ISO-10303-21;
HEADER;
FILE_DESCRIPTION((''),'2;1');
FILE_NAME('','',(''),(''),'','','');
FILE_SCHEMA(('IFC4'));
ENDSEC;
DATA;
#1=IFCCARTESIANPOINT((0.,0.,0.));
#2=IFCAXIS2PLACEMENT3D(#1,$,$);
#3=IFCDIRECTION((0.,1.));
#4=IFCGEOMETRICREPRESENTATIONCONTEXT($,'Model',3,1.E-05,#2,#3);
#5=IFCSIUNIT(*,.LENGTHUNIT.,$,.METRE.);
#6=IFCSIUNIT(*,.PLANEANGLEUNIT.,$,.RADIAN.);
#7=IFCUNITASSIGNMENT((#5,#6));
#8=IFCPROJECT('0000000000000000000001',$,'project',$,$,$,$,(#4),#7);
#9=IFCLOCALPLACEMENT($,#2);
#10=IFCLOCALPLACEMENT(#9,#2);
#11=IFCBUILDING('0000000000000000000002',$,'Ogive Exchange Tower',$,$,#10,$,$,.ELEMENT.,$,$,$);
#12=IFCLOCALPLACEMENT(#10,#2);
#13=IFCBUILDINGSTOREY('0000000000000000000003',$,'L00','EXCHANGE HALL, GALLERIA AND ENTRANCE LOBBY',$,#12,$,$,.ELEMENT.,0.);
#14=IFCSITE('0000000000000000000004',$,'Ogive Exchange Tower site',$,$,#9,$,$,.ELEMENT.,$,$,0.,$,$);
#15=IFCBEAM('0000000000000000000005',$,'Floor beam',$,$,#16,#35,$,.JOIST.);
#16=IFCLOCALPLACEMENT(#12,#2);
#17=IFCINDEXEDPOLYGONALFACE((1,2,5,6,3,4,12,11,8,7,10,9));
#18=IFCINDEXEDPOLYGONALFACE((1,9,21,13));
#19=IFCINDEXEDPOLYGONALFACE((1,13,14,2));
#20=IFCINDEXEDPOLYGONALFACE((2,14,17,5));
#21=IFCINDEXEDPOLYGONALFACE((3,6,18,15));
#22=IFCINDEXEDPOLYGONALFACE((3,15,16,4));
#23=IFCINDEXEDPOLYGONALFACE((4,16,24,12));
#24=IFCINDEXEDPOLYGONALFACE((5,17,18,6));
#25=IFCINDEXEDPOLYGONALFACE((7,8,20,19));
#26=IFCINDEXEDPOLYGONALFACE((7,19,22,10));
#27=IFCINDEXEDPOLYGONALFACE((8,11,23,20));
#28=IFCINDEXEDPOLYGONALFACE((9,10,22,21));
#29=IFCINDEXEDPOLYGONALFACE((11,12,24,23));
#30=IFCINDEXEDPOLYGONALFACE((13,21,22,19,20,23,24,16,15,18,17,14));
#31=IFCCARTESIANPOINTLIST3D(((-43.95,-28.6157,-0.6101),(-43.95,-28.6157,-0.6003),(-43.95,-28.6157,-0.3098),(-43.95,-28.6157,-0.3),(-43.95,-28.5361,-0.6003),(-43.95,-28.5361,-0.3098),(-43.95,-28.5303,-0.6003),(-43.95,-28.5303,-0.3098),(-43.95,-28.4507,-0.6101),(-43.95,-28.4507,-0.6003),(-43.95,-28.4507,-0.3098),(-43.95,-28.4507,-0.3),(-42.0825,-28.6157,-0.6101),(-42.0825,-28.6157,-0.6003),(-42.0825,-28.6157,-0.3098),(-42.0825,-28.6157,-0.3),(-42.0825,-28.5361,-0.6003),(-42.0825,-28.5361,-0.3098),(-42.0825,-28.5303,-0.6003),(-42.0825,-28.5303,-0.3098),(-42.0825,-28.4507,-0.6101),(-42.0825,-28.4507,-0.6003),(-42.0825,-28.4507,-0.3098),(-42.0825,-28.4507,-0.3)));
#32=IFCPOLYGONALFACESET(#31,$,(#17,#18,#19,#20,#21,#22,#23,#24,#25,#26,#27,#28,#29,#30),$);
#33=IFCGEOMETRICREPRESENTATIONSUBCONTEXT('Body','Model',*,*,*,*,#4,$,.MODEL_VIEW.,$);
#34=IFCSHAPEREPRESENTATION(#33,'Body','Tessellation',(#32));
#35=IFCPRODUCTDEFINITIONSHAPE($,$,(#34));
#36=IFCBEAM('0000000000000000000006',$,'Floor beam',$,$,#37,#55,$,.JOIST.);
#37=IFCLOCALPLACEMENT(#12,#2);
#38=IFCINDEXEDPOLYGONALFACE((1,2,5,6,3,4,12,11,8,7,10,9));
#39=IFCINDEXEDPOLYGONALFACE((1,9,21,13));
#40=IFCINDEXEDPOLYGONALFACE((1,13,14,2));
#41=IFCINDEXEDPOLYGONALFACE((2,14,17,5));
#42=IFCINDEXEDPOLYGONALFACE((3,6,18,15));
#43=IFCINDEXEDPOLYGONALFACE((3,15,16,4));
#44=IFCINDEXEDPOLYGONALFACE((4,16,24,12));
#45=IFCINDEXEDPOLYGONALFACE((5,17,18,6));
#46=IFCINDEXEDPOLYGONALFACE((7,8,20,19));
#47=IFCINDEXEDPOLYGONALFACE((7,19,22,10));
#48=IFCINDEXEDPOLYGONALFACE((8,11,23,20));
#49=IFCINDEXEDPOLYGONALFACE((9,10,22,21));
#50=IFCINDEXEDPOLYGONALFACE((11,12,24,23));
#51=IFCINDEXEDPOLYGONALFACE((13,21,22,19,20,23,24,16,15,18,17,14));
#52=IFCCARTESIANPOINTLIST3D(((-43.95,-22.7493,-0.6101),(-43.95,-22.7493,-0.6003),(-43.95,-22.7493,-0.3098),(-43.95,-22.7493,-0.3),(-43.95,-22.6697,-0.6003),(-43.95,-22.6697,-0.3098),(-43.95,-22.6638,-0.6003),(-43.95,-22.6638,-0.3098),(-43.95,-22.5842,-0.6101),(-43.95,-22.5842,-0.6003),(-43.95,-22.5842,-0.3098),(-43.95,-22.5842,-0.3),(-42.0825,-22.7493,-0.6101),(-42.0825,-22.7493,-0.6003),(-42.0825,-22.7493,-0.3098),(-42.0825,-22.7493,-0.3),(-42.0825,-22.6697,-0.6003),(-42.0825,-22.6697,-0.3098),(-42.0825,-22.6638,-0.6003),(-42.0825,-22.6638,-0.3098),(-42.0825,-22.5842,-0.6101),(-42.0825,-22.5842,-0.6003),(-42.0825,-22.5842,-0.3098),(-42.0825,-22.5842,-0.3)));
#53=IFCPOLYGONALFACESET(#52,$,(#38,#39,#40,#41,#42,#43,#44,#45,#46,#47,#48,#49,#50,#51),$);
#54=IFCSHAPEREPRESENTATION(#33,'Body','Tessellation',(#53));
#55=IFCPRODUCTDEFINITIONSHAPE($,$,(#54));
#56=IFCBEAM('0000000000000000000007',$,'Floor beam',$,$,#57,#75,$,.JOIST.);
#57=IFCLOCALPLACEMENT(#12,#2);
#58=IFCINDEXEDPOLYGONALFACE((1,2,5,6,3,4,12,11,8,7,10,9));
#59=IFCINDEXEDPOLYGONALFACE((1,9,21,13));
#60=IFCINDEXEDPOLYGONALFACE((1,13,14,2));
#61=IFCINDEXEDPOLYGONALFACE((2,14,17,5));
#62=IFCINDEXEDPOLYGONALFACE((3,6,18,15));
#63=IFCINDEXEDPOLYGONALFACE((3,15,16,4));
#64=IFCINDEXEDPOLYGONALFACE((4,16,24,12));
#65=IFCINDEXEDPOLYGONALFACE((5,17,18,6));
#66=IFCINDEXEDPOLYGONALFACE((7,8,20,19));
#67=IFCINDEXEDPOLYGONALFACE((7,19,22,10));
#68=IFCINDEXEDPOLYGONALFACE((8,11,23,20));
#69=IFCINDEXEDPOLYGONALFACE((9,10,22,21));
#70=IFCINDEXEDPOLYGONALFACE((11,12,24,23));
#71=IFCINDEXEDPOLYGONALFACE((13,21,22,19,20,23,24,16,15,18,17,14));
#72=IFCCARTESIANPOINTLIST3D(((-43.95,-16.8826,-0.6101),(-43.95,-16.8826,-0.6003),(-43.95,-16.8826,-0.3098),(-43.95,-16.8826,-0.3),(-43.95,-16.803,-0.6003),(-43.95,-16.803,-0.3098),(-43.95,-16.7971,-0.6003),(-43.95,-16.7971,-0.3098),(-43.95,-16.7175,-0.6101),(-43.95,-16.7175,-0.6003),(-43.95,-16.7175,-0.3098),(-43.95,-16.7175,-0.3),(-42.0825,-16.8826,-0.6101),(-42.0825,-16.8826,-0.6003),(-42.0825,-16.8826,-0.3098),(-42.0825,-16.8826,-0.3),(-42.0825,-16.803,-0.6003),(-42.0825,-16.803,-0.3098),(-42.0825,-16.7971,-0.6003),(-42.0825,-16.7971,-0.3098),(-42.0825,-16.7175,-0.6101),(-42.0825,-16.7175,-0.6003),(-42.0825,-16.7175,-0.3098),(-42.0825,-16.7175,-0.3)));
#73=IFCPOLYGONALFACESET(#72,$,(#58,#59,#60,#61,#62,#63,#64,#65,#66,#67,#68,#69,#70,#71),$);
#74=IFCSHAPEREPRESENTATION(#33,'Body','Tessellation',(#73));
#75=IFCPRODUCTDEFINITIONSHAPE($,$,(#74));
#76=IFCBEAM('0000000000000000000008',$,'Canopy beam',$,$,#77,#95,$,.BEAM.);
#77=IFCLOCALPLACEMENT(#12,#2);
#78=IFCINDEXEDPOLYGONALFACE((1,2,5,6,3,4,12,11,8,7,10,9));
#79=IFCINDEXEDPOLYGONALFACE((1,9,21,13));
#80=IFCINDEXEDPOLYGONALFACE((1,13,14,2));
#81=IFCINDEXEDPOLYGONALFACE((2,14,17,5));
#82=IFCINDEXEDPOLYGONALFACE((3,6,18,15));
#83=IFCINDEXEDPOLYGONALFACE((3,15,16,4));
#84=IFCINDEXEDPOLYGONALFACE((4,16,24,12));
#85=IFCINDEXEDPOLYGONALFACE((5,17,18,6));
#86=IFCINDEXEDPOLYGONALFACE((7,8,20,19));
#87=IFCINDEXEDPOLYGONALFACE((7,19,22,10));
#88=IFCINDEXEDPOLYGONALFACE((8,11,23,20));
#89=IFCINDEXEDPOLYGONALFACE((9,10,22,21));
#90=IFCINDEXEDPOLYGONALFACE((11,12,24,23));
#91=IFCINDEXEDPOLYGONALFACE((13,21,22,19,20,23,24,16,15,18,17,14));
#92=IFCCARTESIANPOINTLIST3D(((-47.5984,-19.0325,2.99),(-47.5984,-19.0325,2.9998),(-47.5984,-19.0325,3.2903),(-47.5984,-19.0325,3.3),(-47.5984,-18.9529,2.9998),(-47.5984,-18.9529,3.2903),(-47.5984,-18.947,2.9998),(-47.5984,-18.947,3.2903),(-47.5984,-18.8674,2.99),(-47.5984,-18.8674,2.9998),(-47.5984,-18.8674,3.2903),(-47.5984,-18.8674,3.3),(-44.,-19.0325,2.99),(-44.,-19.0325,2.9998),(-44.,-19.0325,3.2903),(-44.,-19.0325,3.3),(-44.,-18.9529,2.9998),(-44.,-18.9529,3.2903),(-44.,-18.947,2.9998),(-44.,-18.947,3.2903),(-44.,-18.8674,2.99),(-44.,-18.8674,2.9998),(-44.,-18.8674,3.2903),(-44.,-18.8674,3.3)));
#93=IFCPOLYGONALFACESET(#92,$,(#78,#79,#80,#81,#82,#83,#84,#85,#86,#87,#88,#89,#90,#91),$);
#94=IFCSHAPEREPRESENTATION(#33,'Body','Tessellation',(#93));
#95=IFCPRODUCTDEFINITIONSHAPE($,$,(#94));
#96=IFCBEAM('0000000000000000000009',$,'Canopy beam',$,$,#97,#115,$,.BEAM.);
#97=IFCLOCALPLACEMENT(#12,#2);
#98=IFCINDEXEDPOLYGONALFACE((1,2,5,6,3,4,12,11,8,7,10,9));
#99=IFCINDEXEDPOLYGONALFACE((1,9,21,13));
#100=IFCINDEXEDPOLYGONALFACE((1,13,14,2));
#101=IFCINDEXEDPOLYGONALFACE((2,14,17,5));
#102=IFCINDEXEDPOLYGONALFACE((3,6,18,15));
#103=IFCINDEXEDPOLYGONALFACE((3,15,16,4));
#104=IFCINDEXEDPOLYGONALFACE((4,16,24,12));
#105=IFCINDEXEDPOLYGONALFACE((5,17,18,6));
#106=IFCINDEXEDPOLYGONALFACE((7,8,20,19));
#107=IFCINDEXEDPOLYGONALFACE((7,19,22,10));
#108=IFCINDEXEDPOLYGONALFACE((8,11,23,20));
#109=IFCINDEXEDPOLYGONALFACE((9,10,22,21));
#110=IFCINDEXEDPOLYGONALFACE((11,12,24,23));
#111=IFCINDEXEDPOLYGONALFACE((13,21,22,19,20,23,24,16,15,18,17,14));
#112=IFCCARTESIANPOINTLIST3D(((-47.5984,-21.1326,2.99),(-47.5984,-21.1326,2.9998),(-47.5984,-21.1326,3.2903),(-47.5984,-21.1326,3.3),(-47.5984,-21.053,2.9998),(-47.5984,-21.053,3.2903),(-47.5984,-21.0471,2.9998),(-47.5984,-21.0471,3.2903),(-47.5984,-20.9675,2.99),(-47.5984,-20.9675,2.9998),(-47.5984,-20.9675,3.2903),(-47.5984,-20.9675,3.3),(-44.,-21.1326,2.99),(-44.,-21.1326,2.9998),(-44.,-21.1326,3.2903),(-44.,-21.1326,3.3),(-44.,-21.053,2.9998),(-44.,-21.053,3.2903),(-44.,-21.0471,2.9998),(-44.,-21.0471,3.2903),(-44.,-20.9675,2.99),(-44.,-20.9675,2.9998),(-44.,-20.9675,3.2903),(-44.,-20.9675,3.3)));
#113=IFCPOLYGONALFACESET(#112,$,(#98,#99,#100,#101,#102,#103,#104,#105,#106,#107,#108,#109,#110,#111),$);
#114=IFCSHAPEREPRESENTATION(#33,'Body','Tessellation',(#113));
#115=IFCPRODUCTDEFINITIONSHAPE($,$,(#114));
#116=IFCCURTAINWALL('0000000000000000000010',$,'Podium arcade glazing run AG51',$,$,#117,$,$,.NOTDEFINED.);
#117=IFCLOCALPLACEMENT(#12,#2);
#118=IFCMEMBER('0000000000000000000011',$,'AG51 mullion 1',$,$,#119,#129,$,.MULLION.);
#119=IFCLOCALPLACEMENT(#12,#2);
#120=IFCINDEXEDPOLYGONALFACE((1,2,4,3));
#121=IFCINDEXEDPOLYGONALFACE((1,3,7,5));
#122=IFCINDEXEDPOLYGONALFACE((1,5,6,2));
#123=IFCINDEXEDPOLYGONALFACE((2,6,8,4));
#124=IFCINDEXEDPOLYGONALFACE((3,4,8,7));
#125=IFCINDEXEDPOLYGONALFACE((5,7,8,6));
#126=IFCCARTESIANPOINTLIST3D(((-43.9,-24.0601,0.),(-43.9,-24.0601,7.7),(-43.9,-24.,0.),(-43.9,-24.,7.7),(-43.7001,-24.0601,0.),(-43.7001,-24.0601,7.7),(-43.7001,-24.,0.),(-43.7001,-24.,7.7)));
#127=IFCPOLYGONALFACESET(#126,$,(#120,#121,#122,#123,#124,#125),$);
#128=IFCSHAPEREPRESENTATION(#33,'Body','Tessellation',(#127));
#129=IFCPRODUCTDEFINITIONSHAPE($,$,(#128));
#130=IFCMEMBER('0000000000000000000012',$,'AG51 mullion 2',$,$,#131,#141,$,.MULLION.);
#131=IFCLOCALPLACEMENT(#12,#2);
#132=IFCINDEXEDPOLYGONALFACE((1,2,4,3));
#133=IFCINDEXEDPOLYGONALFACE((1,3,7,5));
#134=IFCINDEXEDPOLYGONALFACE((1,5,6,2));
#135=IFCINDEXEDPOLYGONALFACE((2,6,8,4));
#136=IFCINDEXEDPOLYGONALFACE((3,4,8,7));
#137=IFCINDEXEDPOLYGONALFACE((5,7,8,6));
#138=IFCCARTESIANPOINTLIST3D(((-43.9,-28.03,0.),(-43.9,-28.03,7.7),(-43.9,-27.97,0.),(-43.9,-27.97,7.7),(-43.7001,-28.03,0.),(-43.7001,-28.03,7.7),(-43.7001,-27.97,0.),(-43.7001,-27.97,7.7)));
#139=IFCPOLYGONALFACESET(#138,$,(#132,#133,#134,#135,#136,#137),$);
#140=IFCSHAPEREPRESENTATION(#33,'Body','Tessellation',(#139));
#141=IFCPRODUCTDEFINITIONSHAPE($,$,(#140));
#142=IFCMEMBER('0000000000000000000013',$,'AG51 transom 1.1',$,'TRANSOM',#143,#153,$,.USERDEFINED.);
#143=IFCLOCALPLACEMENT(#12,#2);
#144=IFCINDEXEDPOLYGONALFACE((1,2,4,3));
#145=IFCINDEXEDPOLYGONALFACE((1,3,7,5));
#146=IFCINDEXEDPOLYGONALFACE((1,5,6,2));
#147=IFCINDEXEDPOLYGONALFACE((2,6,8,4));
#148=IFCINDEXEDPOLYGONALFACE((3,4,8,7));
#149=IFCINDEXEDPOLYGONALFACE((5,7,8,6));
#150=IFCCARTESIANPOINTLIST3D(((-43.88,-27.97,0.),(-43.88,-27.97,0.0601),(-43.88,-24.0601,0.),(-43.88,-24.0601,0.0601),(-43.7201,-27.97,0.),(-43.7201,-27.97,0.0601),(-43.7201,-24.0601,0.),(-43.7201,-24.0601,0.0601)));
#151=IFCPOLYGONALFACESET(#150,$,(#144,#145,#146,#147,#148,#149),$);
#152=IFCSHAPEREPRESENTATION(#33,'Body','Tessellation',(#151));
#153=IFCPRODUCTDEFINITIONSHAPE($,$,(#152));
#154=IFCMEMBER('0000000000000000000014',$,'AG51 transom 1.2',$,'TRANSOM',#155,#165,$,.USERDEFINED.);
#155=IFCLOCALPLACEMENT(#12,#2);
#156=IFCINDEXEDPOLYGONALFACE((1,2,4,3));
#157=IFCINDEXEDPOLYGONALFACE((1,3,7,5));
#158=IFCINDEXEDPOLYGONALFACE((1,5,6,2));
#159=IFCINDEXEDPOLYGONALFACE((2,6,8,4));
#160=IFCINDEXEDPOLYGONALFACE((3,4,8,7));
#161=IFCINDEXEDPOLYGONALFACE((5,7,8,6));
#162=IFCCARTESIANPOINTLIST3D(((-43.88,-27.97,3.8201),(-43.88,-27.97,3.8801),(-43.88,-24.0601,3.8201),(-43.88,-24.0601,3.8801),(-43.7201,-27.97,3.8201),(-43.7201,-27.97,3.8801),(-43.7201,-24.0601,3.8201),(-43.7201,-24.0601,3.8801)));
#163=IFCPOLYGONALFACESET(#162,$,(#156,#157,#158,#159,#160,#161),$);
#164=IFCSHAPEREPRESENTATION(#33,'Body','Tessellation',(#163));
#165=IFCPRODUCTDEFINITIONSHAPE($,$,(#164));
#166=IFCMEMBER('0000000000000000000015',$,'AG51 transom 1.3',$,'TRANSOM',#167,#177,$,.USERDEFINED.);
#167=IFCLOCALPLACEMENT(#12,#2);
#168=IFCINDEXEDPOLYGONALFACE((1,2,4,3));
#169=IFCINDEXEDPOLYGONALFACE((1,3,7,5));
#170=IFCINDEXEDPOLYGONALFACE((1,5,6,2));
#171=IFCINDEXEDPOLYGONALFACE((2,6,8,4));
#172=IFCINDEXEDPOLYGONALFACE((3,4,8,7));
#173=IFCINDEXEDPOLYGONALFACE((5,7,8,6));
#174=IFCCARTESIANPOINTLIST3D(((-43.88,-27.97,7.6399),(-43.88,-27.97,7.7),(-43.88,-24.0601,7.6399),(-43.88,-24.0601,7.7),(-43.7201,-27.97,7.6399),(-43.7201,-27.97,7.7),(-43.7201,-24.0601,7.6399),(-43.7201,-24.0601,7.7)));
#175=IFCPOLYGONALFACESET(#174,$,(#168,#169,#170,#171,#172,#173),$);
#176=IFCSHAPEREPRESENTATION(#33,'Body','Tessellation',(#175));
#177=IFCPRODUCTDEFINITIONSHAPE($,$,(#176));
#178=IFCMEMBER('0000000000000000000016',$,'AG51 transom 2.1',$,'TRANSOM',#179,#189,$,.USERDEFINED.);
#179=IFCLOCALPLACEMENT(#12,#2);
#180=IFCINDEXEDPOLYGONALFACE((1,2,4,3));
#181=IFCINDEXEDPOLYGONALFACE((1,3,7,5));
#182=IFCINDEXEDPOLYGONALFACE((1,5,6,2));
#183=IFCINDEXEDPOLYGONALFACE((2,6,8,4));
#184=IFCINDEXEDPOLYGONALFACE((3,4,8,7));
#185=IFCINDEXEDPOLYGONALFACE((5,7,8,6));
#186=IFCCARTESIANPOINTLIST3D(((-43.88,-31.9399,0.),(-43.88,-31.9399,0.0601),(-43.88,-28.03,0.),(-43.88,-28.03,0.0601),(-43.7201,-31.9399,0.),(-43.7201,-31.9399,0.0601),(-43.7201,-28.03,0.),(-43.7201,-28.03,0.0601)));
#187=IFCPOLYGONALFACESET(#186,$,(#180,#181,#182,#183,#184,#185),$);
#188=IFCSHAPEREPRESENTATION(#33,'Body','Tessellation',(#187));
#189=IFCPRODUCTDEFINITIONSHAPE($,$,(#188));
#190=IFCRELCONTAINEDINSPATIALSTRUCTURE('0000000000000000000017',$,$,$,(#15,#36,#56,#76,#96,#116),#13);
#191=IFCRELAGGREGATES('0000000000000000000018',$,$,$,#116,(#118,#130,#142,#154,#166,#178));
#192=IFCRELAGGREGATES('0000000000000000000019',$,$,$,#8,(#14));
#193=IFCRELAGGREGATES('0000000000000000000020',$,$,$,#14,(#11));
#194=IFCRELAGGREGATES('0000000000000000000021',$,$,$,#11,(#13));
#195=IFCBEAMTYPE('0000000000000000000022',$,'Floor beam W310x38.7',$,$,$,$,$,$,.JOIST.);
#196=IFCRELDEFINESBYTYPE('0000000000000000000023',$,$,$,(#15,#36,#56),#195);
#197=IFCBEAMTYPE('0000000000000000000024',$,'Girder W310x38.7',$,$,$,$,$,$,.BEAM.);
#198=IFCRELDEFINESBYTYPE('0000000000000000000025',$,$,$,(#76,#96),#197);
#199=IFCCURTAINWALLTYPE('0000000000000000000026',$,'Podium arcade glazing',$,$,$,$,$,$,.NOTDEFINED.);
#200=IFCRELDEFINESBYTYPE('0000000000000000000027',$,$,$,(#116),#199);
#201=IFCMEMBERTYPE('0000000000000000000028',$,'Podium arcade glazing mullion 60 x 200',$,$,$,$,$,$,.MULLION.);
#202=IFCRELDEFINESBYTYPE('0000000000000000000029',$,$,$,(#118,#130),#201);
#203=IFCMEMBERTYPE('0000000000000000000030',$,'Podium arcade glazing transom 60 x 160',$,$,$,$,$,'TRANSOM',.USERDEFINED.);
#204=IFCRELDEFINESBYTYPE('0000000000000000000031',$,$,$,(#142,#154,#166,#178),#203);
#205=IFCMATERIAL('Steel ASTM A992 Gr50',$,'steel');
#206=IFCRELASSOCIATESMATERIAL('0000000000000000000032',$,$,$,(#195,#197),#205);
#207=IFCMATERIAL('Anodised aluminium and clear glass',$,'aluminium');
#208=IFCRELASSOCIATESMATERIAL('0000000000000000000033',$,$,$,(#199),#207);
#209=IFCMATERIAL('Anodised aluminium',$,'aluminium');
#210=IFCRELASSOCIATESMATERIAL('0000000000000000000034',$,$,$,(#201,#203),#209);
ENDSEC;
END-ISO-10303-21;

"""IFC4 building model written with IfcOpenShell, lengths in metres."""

from ifc_helpers import new_model, si_unit, direction, frame, origin, origin_2d, place, context, subcontext, project, spatial, rectangle, i_section, extrude, material, material_profile, profile_set, type_object, element, aggregate, save


model = new_model("IFC4")

# Units and contexts
model_context = context("Model", 3, precision=1e-05, world=origin(), true_north=direction((0.0, 1.0)))
body_context = subcontext(model_context, "Body", "Model", "MODEL_VIEW")
ifc_project = project(units=[si_unit("LENGTHUNIT", "METRE"), si_unit("PLANEANGLEUNIT", "RADIAN")], contexts=[model_context])

# Site, building, storey
site_placement = place(None, origin())
site = spatial("IfcSite", under=ifc_project, at=site_placement, Name="Ogive Exchange Tower site", CompositionType="ELEMENT", RefElevation=0.0)
building_placement = place(site_placement, origin())
building = spatial("IfcBuilding", under=site, at=building_placement, Name="Ogive Exchange Tower", CompositionType="ELEMENT")
storey_placement = place(building_placement, origin())
storey = spatial("IfcBuildingStorey", under=building, at=storey_placement, Name="L00", Description="EXCHANGE HALL, GALLERIA AND ENTRANCE LOBBY", CompositionType="ELEMENT", Elevation=0.0)

# Beams
ifc_material_1 = material(Name="Steel ASTM A992 Gr50", Category="steel")
ifc_material_profile_1 = material_profile(ifc_material_1, i_section(OverallWidth=0.165, OverallDepth=0.3101, WebThickness=0.0059, FlangeThickness=0.0098, at=origin_2d()), Name="W310x38.7")
ifc_profile_set_1 = profile_set([ifc_material_profile_1], Name="Steel ASTM A992 Gr50")
beam_type_1 = type_object("IfcBeamType", Name="Floor beam W310x38.7", PredefinedType="JOIST", material=ifc_profile_set_1)
for number, where, z_axis, x_axis, name in (
    (1, (-43.95, -28.5332, -0.4551), (1.0, 0.0, 0.0), (0.0, 1.0, 0.0), "Floor beam"),
    (2, (-43.95, -22.6667, -0.4551), (1.0, 0.0, 0.0), (0.0, 1.0, 0.0), "Floor beam"),
    (3, (-43.95, -16.8, -0.4551), (1.0, 0.0, 0.0), (0.0, 1.0, 0.0), "Floor beam"),
):
    element("IfcBeam", number, at=place(storey_placement, frame(where, z_axis=z_axis, x_axis=x_axis)), inside=storey, type_object=beam_type_1, Name=name, PredefinedType="JOIST", context=body_context, shape_type="SweptSolid", body=[
        extrude(i_section(OverallWidth=0.165, OverallDepth=0.3101, WebThickness=0.0059, FlangeThickness=0.0098, at=origin_2d()), origin(), (0.0, 0.0, 1.0), 1.8674),
    ])
ifc_material_profile_2 = material_profile(ifc_material_1, i_section(OverallWidth=0.165, OverallDepth=0.3101, WebThickness=0.0059, FlangeThickness=0.0098, at=origin_2d()), Name="W310x38.7")
ifc_profile_set_2 = profile_set([ifc_material_profile_2], Name="Steel ASTM A992 Gr50")
beam_type_2 = type_object("IfcBeamType", Name="Girder W310x38.7", PredefinedType="BEAM", material=ifc_profile_set_2)
for number, where, z_axis, x_axis, name in (
    (4, (-44.0, -18.95, 3.145), (-1.0, 0.0, 0.0), (0.0, -1.0, 0.0), "Canopy beam"),
    (5, (-44.0, -21.05, 3.145), (-1.0, 0.0, 0.0), (0.0, -1.0, 0.0), "Canopy beam"),
):
    element("IfcBeam", number, at=place(storey_placement, frame(where, z_axis=z_axis, x_axis=x_axis)), inside=storey, type_object=beam_type_2, Name=name, PredefinedType="BEAM", context=body_context, shape_type="SweptSolid", body=[
        extrude(i_section(OverallWidth=0.165, OverallDepth=0.3101, WebThickness=0.0059, FlangeThickness=0.0098, at=origin_2d()), origin(), (0.0, 0.0, 1.0), 3.5984),
    ])

# Curtain wall, members
ifc_material_2 = material(Name="Anodised aluminium and clear glass", Category="aluminium")
curtain_wall_type = type_object("IfcCurtainWallType", Name="Podium arcade glazing", PredefinedType="NOTDEFINED", material=ifc_material_2)
curtain_wall_placement = place(storey_placement, origin())
curtain_wall = element("IfcCurtainWall", 6, at=curtain_wall_placement, inside=storey, type_object=curtain_wall_type, Name="Podium arcade glazing run AG51", PredefinedType="NOTDEFINED")
ifc_material_3 = material(Name="Anodised aluminium", Category="aluminium")
ifc_material_profile_3 = material_profile(ifc_material_3, rectangle(XDim=0.2, YDim=0.0601, at=origin_2d()), Name="AL 60x200")
ifc_profile_set_3 = profile_set([ifc_material_profile_3], Name="Anodised aluminium")
member_type_1 = type_object("IfcMemberType", Name="Podium arcade glazing mullion 60 x 200", PredefinedType="MULLION", material=ifc_profile_set_3)
member_1_placement = place(storey_placement, frame((-43.8, -24.03, 0.0), z_axis=(0.0, 0.0, 1.0), x_axis=(1.0, 0.0, 0.0)))
member_1 = element("IfcMember", 7, at=member_1_placement, type_object=member_type_1, Name="AG51 mullion 1", PredefinedType="MULLION", context=body_context, shape_type="SweptSolid", body=[
    extrude(rectangle(XDim=0.2, YDim=0.0601, at=origin_2d()), origin(), (0.0, 0.0, 1.0), 7.7),
])
member_2_placement = place(storey_placement, frame((-43.8, -28.0, 0.0), z_axis=(0.0, 0.0, 1.0), x_axis=(1.0, 0.0, 0.0)))
member_2 = element("IfcMember", 8, at=member_2_placement, type_object=member_type_1, Name="AG51 mullion 2", PredefinedType="MULLION", context=body_context, shape_type="SweptSolid", body=[
    extrude(rectangle(XDim=0.2, YDim=0.0601, at=origin_2d()), origin(), (0.0, 0.0, 1.0), 7.7),
])
ifc_material_profile_4 = material_profile(ifc_material_3, rectangle(XDim=0.1599, YDim=0.0601, at=origin_2d()), Name="AL 60x160")
ifc_profile_set_4 = profile_set([ifc_material_profile_4], Name="Anodised aluminium")
member_type_2 = type_object("IfcMemberType", Name="Podium arcade glazing transom 60 x 160", ElementType="TRANSOM", PredefinedType="USERDEFINED", material=ifc_profile_set_4)
member_3_placement = place(storey_placement, frame((-43.8, -24.0601, 0.03), z_axis=(0.0, -1.0, 0.0), x_axis=(1.0, 0.0, 0.0)))
member_3 = element("IfcMember", 9, at=member_3_placement, type_object=member_type_2, Name="AG51 transom 1.1", ObjectType="TRANSOM", PredefinedType="USERDEFINED", context=body_context, shape_type="SweptSolid", body=[
    extrude(rectangle(XDim=0.1599, YDim=0.0601, at=origin_2d()), origin(), (0.0, 0.0, 1.0), 3.9099),
])
member_4_placement = place(storey_placement, frame((-43.8, -24.0601, 3.8501), z_axis=(0.0, -1.0, 0.0), x_axis=(1.0, 0.0, 0.0)))
member_4 = element("IfcMember", 10, at=member_4_placement, type_object=member_type_2, Name="AG51 transom 1.2", ObjectType="TRANSOM", PredefinedType="USERDEFINED", context=body_context, shape_type="SweptSolid", body=[
    extrude(rectangle(XDim=0.1599, YDim=0.0601, at=origin_2d()), origin(), (0.0, 0.0, 1.0), 3.9099),
])
member_5_placement = place(storey_placement, frame((-43.8, -24.0601, 7.6699), z_axis=(0.0, -1.0, 0.0), x_axis=(1.0, 0.0, 0.0)))
member_5 = element("IfcMember", 11, at=member_5_placement, type_object=member_type_2, Name="AG51 transom 1.3", ObjectType="TRANSOM", PredefinedType="USERDEFINED", context=body_context, shape_type="SweptSolid", body=[
    extrude(rectangle(XDim=0.1599, YDim=0.0601, at=origin_2d()), origin(), (0.0, 0.0, 1.0), 3.9099),
])
member_6_placement = place(storey_placement, frame((-43.8, -28.03, 0.03), z_axis=(0.0, -1.0, 0.0), x_axis=(1.0, 0.0, 0.0)))
member_6 = element("IfcMember", 12, at=member_6_placement, type_object=member_type_2, Name="AG51 transom 2.1", ObjectType="TRANSOM", PredefinedType="USERDEFINED", context=body_context, shape_type="SweptSolid", body=[
    extrude(rectangle(XDim=0.1599, YDim=0.0601, at=origin_2d()), origin(), (0.0, 0.0, 1.0), 3.9099),
])

aggregate(curtain_wall, [member_1, member_2, member_3, member_4, member_5, member_6])

save(model, "model.ifc")
